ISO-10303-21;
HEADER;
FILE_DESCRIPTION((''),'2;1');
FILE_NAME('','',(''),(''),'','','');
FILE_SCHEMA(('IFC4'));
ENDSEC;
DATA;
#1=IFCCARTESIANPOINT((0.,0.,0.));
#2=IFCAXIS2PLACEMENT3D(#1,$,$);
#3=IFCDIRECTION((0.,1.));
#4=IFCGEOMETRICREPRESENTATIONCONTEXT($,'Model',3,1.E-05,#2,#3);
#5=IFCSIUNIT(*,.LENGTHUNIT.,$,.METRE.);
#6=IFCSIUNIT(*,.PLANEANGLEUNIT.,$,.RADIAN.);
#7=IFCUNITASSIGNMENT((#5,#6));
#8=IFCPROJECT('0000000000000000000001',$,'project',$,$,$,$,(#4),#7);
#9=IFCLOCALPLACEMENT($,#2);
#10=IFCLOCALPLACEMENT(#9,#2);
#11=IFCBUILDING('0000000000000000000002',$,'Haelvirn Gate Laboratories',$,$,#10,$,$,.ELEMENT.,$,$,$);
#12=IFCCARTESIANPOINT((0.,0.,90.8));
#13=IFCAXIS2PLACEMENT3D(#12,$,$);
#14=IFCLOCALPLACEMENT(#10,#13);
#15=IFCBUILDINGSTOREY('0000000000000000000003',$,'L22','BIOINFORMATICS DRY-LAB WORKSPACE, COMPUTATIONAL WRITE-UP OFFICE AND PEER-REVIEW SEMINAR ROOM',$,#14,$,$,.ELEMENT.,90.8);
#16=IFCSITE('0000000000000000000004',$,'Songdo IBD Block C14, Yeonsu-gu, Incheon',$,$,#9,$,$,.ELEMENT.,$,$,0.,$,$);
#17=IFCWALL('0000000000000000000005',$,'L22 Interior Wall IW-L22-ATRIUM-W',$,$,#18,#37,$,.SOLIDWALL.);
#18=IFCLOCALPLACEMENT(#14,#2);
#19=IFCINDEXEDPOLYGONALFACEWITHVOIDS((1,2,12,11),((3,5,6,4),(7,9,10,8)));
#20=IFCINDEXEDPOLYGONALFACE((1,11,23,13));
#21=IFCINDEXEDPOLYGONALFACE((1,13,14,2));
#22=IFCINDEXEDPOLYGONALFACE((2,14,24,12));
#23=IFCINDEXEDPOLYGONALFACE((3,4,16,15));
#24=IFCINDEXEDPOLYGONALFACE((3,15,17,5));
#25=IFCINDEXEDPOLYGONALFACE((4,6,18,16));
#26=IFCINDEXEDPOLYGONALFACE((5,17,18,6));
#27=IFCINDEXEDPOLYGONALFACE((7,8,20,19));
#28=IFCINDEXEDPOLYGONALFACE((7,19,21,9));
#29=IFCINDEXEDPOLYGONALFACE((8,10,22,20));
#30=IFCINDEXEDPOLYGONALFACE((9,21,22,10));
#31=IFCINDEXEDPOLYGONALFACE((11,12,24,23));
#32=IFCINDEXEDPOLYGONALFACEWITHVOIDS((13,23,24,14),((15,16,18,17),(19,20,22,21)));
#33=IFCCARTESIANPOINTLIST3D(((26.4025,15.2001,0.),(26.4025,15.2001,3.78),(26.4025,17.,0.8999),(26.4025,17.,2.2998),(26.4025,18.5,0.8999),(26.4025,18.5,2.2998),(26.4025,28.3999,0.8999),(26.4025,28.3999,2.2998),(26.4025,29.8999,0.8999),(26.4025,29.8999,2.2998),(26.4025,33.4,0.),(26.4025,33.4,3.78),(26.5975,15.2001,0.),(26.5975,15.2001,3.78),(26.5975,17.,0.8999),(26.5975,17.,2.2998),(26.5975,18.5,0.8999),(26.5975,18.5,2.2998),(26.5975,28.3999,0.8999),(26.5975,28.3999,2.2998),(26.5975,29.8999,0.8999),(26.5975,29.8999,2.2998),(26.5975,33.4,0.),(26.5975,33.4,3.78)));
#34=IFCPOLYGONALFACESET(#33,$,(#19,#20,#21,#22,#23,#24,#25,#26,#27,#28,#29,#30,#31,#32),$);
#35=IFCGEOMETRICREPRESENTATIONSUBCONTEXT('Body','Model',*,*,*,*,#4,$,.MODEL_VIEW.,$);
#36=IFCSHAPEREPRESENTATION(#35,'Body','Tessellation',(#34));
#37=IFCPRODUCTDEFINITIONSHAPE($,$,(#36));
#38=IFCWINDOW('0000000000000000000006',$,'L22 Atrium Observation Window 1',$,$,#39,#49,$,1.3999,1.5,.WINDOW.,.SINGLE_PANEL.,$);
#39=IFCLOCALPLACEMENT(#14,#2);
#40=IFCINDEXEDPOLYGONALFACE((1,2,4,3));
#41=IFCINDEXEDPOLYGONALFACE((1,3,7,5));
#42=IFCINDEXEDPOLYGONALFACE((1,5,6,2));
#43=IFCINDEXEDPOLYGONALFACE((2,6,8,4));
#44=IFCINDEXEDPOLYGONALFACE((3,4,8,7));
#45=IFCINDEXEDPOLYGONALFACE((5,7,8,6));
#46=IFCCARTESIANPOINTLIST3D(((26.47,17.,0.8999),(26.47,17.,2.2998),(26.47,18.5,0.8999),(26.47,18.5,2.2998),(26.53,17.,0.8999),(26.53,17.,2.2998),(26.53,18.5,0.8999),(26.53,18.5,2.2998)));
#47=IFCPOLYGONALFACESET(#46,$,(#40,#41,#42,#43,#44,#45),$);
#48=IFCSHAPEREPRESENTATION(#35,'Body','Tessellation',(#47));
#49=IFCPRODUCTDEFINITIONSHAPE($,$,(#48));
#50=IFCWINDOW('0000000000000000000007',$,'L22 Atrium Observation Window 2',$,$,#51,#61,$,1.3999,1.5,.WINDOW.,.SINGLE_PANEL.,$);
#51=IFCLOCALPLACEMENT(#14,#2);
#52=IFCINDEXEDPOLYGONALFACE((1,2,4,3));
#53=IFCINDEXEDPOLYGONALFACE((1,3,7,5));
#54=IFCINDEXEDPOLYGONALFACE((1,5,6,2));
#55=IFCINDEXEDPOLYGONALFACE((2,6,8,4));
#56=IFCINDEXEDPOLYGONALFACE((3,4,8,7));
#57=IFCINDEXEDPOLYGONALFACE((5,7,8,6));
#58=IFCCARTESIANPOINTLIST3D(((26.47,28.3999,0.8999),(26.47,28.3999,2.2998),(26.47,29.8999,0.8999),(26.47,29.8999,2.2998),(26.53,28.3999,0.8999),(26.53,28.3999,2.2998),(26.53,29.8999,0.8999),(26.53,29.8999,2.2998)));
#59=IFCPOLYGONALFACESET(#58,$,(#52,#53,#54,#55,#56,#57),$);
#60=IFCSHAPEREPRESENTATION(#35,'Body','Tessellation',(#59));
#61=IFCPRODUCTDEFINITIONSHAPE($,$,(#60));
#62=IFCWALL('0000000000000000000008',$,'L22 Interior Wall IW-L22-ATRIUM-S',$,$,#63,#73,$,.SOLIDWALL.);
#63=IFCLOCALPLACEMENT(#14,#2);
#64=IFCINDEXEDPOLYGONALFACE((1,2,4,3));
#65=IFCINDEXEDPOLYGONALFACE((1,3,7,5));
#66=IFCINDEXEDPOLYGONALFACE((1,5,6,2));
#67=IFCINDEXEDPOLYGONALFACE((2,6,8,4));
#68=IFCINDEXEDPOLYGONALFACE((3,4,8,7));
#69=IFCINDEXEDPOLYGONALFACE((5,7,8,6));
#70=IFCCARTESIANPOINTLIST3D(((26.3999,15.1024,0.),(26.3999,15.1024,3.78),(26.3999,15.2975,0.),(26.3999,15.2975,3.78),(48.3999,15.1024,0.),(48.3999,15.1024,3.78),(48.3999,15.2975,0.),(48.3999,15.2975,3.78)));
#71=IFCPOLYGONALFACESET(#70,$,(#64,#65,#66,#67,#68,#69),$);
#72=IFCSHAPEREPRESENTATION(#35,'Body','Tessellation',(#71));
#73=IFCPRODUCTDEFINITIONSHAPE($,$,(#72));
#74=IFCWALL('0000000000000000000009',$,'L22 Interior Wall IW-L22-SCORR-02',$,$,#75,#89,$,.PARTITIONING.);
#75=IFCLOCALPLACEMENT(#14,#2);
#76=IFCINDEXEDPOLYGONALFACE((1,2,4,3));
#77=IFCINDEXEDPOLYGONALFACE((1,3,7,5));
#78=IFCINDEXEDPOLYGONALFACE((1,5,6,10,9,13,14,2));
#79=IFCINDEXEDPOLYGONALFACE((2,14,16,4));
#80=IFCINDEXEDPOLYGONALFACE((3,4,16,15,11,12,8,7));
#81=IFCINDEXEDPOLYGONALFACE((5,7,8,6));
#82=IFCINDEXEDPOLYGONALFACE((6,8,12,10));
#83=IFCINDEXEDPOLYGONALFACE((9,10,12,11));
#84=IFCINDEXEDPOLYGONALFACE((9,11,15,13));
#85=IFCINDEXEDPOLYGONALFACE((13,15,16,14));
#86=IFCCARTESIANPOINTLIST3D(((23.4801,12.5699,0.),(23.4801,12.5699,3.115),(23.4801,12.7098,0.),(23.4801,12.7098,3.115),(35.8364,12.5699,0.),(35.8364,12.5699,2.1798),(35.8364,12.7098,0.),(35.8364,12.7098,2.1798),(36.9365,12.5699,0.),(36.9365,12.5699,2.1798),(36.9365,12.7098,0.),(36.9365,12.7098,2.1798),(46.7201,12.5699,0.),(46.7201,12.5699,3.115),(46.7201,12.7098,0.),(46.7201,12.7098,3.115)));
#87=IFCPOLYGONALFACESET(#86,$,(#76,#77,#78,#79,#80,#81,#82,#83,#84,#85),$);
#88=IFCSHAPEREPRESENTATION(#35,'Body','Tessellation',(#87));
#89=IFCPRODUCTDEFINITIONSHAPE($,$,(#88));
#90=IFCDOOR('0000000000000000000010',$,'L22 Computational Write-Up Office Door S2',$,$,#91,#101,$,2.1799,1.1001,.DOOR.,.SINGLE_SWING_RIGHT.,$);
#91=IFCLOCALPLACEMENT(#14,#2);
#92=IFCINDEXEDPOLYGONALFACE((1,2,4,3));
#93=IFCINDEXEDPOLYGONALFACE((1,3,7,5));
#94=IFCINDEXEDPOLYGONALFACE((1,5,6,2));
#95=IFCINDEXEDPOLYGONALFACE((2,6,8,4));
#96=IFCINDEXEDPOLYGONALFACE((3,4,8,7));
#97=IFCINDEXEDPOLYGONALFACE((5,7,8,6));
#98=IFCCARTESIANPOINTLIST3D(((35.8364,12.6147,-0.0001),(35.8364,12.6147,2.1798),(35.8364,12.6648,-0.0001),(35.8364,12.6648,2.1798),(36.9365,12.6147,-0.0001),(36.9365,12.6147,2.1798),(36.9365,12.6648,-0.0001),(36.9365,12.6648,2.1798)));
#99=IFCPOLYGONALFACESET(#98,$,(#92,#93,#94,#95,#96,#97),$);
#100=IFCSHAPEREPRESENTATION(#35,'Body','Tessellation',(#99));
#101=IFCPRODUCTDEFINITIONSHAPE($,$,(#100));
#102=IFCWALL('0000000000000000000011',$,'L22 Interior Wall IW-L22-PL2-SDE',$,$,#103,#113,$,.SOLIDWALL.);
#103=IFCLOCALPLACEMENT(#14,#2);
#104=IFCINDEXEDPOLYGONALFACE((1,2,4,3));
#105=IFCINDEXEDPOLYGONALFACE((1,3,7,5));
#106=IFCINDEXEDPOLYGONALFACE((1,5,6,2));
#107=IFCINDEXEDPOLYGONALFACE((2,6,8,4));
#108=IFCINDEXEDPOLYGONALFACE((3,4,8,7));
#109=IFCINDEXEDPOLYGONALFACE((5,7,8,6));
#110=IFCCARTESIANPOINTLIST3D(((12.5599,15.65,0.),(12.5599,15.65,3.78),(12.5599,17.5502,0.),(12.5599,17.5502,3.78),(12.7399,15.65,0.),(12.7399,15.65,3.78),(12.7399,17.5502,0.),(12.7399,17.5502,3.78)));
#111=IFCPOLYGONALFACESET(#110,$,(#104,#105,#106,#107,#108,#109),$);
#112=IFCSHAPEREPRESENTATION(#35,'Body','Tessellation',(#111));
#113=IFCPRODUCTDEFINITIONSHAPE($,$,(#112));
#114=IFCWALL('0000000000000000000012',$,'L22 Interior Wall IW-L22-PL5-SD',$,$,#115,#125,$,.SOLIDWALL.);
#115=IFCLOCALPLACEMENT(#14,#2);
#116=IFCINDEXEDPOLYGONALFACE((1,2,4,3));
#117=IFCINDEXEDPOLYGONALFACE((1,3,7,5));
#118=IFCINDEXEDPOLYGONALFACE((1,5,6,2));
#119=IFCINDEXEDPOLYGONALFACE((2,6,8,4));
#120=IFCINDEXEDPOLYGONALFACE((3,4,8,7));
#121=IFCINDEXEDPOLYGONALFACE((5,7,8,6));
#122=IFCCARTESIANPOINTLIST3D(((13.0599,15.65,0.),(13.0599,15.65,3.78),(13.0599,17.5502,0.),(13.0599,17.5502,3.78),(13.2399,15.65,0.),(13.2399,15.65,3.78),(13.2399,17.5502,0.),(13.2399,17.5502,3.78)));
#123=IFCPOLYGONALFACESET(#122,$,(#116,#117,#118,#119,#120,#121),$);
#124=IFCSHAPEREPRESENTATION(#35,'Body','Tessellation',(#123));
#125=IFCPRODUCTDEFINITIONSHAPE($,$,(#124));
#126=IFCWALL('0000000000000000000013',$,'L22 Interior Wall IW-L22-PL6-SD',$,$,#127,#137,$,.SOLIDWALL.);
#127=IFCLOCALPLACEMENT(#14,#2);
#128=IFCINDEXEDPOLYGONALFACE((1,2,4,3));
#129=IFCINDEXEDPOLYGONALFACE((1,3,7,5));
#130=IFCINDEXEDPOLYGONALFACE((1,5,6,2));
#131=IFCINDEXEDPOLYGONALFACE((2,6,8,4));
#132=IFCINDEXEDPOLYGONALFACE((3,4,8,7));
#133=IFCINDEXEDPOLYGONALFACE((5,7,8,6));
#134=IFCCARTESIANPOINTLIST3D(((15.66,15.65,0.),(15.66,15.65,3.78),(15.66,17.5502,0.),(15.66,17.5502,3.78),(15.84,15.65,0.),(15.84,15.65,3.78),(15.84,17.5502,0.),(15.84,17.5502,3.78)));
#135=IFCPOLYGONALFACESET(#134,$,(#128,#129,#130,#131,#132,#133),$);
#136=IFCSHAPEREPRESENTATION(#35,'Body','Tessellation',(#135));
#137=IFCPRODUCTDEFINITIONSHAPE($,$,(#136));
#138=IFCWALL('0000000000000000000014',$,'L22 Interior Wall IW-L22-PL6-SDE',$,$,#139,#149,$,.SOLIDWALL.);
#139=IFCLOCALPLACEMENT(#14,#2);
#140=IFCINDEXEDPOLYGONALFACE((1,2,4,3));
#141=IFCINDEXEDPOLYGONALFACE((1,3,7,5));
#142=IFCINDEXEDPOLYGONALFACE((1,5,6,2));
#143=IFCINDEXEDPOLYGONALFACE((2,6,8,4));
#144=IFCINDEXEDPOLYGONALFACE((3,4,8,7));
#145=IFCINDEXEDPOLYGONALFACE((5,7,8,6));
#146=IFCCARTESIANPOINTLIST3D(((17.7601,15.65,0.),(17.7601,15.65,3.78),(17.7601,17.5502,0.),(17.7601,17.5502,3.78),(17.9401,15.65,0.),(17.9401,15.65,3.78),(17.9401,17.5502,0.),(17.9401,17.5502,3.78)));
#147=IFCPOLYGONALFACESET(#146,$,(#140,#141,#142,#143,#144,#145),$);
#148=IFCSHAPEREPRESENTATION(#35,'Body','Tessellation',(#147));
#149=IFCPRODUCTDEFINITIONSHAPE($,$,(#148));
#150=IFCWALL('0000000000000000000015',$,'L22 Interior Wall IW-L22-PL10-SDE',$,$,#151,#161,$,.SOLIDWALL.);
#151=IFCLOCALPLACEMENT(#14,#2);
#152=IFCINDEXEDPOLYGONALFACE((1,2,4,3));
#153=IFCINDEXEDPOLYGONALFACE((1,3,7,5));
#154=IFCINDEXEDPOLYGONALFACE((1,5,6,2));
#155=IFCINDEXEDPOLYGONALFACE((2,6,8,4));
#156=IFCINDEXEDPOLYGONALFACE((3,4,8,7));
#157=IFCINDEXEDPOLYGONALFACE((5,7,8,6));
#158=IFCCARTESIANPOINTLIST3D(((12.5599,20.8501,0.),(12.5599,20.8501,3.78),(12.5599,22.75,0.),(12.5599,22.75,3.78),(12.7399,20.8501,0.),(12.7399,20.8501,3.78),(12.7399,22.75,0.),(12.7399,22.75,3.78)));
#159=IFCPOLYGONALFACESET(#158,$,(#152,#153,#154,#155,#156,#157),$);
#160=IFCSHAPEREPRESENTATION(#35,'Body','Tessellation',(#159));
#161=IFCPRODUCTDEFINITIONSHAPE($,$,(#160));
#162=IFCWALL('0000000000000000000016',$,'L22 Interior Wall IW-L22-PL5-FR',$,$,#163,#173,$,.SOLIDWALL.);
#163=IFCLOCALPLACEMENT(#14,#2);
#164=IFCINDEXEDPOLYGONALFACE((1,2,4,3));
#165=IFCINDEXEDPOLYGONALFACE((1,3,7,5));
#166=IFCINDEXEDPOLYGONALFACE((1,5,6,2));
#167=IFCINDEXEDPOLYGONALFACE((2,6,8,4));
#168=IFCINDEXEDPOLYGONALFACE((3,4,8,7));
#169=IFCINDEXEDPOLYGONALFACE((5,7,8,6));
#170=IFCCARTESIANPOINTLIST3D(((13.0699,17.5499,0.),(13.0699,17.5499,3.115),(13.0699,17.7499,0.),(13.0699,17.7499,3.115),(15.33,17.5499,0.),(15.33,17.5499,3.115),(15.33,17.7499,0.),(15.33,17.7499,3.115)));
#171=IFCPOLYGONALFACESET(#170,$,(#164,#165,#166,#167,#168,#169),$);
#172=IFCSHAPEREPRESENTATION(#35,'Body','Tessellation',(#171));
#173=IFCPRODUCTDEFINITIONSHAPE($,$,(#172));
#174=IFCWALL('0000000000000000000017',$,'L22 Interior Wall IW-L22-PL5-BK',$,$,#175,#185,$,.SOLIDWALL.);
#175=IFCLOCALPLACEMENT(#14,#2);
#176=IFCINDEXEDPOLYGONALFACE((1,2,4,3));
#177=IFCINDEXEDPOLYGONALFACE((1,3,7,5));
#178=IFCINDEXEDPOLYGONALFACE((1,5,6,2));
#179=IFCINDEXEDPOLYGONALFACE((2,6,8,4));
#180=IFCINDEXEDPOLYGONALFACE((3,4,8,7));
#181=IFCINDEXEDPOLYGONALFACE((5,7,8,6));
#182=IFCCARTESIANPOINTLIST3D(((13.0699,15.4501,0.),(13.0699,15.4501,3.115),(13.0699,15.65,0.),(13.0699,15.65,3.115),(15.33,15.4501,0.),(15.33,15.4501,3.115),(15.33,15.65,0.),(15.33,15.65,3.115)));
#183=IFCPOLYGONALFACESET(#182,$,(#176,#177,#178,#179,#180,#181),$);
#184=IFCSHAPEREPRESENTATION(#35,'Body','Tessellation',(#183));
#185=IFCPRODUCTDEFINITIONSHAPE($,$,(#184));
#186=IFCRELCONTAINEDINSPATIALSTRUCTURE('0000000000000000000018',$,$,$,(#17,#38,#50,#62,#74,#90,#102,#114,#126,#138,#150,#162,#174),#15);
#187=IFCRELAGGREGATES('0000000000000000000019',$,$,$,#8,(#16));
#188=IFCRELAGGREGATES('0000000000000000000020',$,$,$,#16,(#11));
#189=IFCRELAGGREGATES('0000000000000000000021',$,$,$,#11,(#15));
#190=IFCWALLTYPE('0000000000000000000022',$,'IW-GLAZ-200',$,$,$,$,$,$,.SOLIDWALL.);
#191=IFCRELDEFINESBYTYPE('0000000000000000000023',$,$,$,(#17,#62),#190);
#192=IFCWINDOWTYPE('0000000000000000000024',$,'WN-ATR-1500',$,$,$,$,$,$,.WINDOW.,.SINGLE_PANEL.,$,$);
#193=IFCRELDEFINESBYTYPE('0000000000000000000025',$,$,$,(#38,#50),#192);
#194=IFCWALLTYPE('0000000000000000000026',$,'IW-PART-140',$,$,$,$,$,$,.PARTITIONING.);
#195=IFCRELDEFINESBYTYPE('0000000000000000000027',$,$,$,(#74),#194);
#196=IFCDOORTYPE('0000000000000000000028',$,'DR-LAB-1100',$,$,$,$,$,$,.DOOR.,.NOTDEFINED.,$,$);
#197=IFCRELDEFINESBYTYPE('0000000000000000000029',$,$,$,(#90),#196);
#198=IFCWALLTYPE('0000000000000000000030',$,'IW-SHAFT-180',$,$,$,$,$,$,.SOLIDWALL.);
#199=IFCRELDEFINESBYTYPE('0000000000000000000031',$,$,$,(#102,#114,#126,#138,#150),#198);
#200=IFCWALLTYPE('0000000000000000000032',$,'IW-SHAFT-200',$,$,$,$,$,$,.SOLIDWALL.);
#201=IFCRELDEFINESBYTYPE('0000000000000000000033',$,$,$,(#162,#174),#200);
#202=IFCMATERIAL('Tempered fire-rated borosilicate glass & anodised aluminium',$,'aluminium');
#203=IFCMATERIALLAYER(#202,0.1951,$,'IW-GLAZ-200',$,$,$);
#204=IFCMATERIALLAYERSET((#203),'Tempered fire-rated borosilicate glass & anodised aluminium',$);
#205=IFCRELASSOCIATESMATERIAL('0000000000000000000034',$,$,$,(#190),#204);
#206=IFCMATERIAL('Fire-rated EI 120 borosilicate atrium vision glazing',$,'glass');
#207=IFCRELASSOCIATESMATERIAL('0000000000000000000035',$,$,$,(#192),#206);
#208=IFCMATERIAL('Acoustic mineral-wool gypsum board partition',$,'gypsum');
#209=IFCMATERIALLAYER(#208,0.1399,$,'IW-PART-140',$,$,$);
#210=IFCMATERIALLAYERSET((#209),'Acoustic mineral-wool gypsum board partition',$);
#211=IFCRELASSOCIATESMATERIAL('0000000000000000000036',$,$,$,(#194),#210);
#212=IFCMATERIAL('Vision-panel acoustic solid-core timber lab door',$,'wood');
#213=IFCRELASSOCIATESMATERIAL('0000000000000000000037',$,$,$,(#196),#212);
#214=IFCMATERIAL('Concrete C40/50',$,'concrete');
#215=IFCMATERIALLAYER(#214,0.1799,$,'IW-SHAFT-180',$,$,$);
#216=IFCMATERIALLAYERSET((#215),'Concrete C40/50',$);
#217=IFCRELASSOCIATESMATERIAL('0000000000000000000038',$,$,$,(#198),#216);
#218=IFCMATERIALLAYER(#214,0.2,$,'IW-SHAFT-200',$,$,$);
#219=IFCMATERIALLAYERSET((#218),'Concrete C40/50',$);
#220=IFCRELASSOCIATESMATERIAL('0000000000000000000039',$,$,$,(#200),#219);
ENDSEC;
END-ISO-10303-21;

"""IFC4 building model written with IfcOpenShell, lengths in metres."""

from ifc_helpers import new_model, si_unit, direction, frame, frame_2d, origin, place, context, subcontext, project, spatial, rectangle, extrude, source, transform, mapped, material, layer, layer_set, type_object, type_shapes, element, fill, save


model = new_model("IFC4")

# Units and contexts
model_context = context("Model", 3, precision=1e-05, world=origin(), true_north=direction((0.0, 1.0)))
body_context = subcontext(model_context, "Body", "Model", "MODEL_VIEW")
ifc_project = project(units=[si_unit("LENGTHUNIT", "METRE"), si_unit("PLANEANGLEUNIT", "RADIAN")], contexts=[model_context])

# Site, building, storey
site_placement = place(None, origin())
site = spatial("IfcSite", under=ifc_project, at=site_placement, Name="Songdo IBD Block C14, Yeonsu-gu, Incheon", CompositionType="ELEMENT", RefElevation=0.0)
building_placement = place(site_placement, origin())
building = spatial("IfcBuilding", under=site, at=building_placement, Name="Haelvirn Gate Laboratories", CompositionType="ELEMENT")
storey_placement = place(building_placement, frame((0.0, 0.0, 90.8)))
storey = spatial("IfcBuildingStorey", under=building, at=storey_placement, Name="L22", Description="BIOINFORMATICS DRY-LAB WORKSPACE, COMPUTATIONAL WRITE-UP OFFICE AND PEER-REVIEW SEMINAR ROOM", CompositionType="ELEMENT", Elevation=90.8)

# Wall, openings, windows
ifc_material_1 = material(Name="Tempered fire-rated borosilicate glass & anodised aluminium", Category="aluminium")
ifc_layer_1 = layer(ifc_material_1, 0.1951, Name="IW-GLAZ-200")
ifc_layer_set_1 = layer_set([ifc_layer_1], Name="Tempered fire-rated borosilicate glass & anodised aluminium")
wall_type_1 = type_object("IfcWallType", Name="IW-GLAZ-200", PredefinedType="SOLIDWALL", material=ifc_layer_set_1)
wall_1_placement = place(storey_placement, frame((26.5, 15.2, 0.0), z_axis=(0.0, 0.0, 1.0), x_axis=(0.0, 1.0, 0.0)))
wall_1 = element("IfcWall", 1, at=wall_1_placement, inside=storey, type_object=wall_type_1, Name="L22 Interior Wall IW-L22-ATRIUM-W", PredefinedType="SOLIDWALL", context=body_context, shape_type="SweptSolid", body=[
    extrude(rectangle(XDim=18.2, YDim=0.1951, at=frame_2d((9.1001, 0.0))), origin(), (0.0, 0.0, 1.0), 3.78),
])
opening_1_placement = place(wall_1_placement, frame((1.8, 0.0, 0.8999)))
opening_1 = element("IfcOpeningElement", 2, at=opening_1_placement, cuts=wall_1, PredefinedType="OPENING", context=body_context, shape_type="SweptSolid", body=[
    extrude(rectangle(XDim=1.5, YDim=1.3999, at=frame_2d((0.75, 0.7))), frame((0.0, 0.1074, 0.0), z_axis=(0.0, -1.0, 0.0), x_axis=(1.0, 0.0, 0.0)), (0.0, 0.0, 1.0), 0.2151),
])
opening_2_placement = place(wall_1_placement, frame((13.2, 0.0, 0.8999)))
opening_2 = element("IfcOpeningElement", 3, at=opening_2_placement, cuts=wall_1, PredefinedType="OPENING", context=body_context, shape_type="SweptSolid", body=[
    extrude(rectangle(XDim=1.5, YDim=1.3999, at=frame_2d((0.75, 0.7))), frame((0.0, 0.1074, 0.0), z_axis=(0.0, -1.0, 0.0), x_axis=(1.0, 0.0, 0.0)), (0.0, 0.0, 1.0), 0.2151),
])
ifc_material_2 = material(Name="Fire-rated EI 120 borosilicate atrium vision glazing", Category="glass")
window_type = type_object("IfcWindowType", Name="WN-ATR-1500", PartitioningType="SINGLE_PANEL", PredefinedType="WINDOW", material=ifc_material_2)
shared_shape_1 = source(origin(), body_context, "Body", "SweptSolid", [
    extrude(rectangle(XDim=1.5, YDim=1.3999, at=frame_2d((0.75, 0.7))), frame((0.0, 0.03, 0.0), z_axis=(0.0, -1.0, 0.0), x_axis=(1.0, 0.0, 0.0)), (0.0, 0.0, 1.0), 0.0601),
])
type_shapes(window_type, [shared_shape_1])
window_1_placement = place(opening_1_placement, origin())
window_1 = element("IfcWindow", 4, at=window_1_placement, inside=storey, type_object=window_type, Name="L22 Atrium Observation Window 1", OverallHeight=1.3999, OverallWidth=1.5, PartitioningType="SINGLE_PANEL", PredefinedType="WINDOW", context=body_context, shape_type="MappedRepresentation", body=[
    mapped(shared_shape_1, transform((0.0, 0.0, 0.0), scale=1.0)),
])
fill(opening_1, window_1)
window_2_placement = place(opening_2_placement, origin())
window_2 = element("IfcWindow", 5, at=window_2_placement, inside=storey, type_object=window_type, Name="L22 Atrium Observation Window 2", OverallHeight=1.3999, OverallWidth=1.5, PartitioningType="SINGLE_PANEL", PredefinedType="WINDOW", context=body_context, shape_type="MappedRepresentation", body=[
    mapped(shared_shape_1, transform((0.0, 0.0, 0.0), scale=1.0)),
])
fill(opening_2, window_2)

# Wall
wall_2_placement = place(storey_placement, frame((26.3999, 15.2, 0.0), z_axis=(0.0, 0.0, 1.0), x_axis=(1.0, 0.0, 0.0)))
element("IfcWall", 6, at=wall_2_placement, inside=storey, type_object=wall_type_1, Name="L22 Interior Wall IW-L22-ATRIUM-S", PredefinedType="SOLIDWALL", context=body_context, shape_type="SweptSolid", body=[
    extrude(rectangle(XDim=22.0, YDim=0.1951, at=frame_2d((11.0, 0.0))), origin(), (0.0, 0.0, 1.0), 3.78),
])

# Wall, opening, door
ifc_material_3 = material(Name="Acoustic mineral-wool gypsum board partition", Category="gypsum")
ifc_layer_2 = layer(ifc_material_3, 0.1399, Name="IW-PART-140")
ifc_layer_set_2 = layer_set([ifc_layer_2], Name="Acoustic mineral-wool gypsum board partition")
wall_type_2 = type_object("IfcWallType", Name="IW-PART-140", PredefinedType="PARTITIONING", material=ifc_layer_set_2)
wall_3_placement = place(storey_placement, frame((23.48, 12.6399, 0.0), z_axis=(0.0, 0.0, 1.0), x_axis=(1.0, 0.0, 0.0)))
wall_3 = element("IfcWall", 7, at=wall_3_placement, inside=storey, type_object=wall_type_2, Name="L22 Interior Wall IW-L22-SCORR-02", PredefinedType="PARTITIONING", context=body_context, shape_type="SweptSolid", body=[
    extrude(rectangle(XDim=23.24, YDim=0.1399, at=frame_2d((11.6201, 0.0))), origin(), (0.0, 0.0, 1.0), 3.115),
])
opening_3_placement = place(wall_3_placement, frame((12.3564, 0.0, 0.0)))
opening_3 = element("IfcOpeningElement", 8, at=opening_3_placement, cuts=wall_3, PredefinedType="OPENING", context=body_context, shape_type="SweptSolid", body=[
    extrude(rectangle(XDim=1.1001, YDim=2.1799, at=frame_2d((0.55, 1.0898))), frame((0.0, 0.0801, 0.0), z_axis=(0.0, -1.0, 0.0), x_axis=(1.0, 0.0, 0.0)), (0.0, 0.0, 1.0), 0.1599),
])
ifc_material_4 = material(Name="Vision-panel acoustic solid-core timber lab door", Category="wood")
door_type_1 = type_object("IfcDoorType", Name="DR-LAB-1100", OperationType="NOTDEFINED", PredefinedType="DOOR", material=ifc_material_4)
shared_shape_2 = source(origin(), body_context, "Body", "SweptSolid", [
    extrude(rectangle(XDim=1.1001, YDim=2.1799, at=frame_2d((0.55, 1.0898))), frame((0.0, 0.0249, 0.0), z_axis=(0.0, -1.0, 0.0), x_axis=(1.0, 0.0, 0.0)), (0.0, 0.0, 1.0), 0.05),
])
type_shapes(door_type_1, [shared_shape_2])
door_1_placement = place(opening_3_placement, origin())
door_1 = element("IfcDoor", 9, at=door_1_placement, inside=storey, type_object=door_type_1, Name="L22 Computational Write-Up Office Door S2", OperationType="SINGLE_SWING_RIGHT", OverallHeight=2.1799, OverallWidth=1.1001, PredefinedType="DOOR", context=body_context, shape_type="MappedRepresentation", body=[
    mapped(shared_shape_2, transform((0.0, 0.0, 0.0), scale=1.0)),
])
fill(opening_3, door_1)

# Walls
ifc_material_5 = material(Name="Concrete C40/50", Category="concrete")
ifc_layer_3 = layer(ifc_material_5, 0.1799, Name="IW-SHAFT-180")
ifc_layer_set_3 = layer_set([ifc_layer_3], Name="Concrete C40/50")
wall_type_3 = type_object("IfcWallType", Name="IW-SHAFT-180", PredefinedType="SOLIDWALL", material=ifc_layer_set_3)
for number, where, z_axis, x_axis, name in (
    (10, (12.6499, 15.6499, 0.0), (0.0, 0.0, 1.0), (0.0, 1.0, 0.0), "L22 Interior Wall IW-L22-PL2-SDE"),
    (11, (13.1499, 15.6499, 0.0), (0.0, 0.0, 1.0), (0.0, 1.0, 0.0), "L22 Interior Wall IW-L22-PL5-SD"),
    (12, (15.75, 15.6499, 0.0), (0.0, 0.0, 1.0), (0.0, 1.0, 0.0), "L22 Interior Wall IW-L22-PL6-SD"),
    (13, (17.8501, 15.6499, 0.0), (0.0, 0.0, 1.0), (0.0, 1.0, 0.0), "L22 Interior Wall IW-L22-PL6-SDE"),
):
    element("IfcWall", number, at=place(storey_placement, frame(where, z_axis=z_axis, x_axis=x_axis)), inside=storey, type_object=wall_type_3, Name=name, PredefinedType="SOLIDWALL", context=body_context, shape_type="SweptSolid", body=[
        extrude(rectangle(XDim=1.9001, YDim=0.1799, at=frame_2d((0.9502, 0.0))), origin(), (0.0, 0.0, 1.0), 3.78),
    ])
wall_4_placement = place(storey_placement, frame((12.6499, 20.8501, 0.0), z_axis=(0.0, 0.0, 1.0), x_axis=(0.0, 1.0, 0.0)))
element("IfcWall", 14, at=wall_4_placement, inside=storey, type_object=wall_type_3, Name="L22 Interior Wall IW-L22-PL10-SDE", PredefinedType="SOLIDWALL", context=body_context, shape_type="SweptSolid", body=[
    extrude(rectangle(XDim=1.8999, YDim=0.1799, at=frame_2d((0.95, 0.0))), origin(), (0.0, 0.0, 1.0), 3.78),
])
ifc_layer_4 = layer(ifc_material_5, 0.2, Name="IW-SHAFT-200")
ifc_layer_set_4 = layer_set([ifc_layer_4], Name="Concrete C40/50")
wall_type_4 = type_object("IfcWallType", Name="IW-SHAFT-200", PredefinedType="SOLIDWALL", material=ifc_layer_set_4)
for number, where, z_axis, x_axis, name in (
    (15, (13.0701, 17.6499, 0.0), (0.0, 0.0, 1.0), (1.0, 0.0, 0.0), "L22 Interior Wall IW-L22-PL5-FR"),
    (16, (13.0701, 15.55, 0.0), (0.0, 0.0, 1.0), (1.0, 0.0, 0.0), "L22 Interior Wall IW-L22-PL5-BK"),
):
    element("IfcWall", number, at=place(storey_placement, frame(where, z_axis=z_axis, x_axis=x_axis)), inside=storey, type_object=wall_type_4, Name=name, PredefinedType="SOLIDWALL", context=body_context, shape_type="SweptSolid", body=[
        extrude(rectangle(XDim=2.26, YDim=0.2, at=frame_2d((1.1299, 0.0))), origin(), (0.0, 0.0, 1.0), 3.115),
    ])

save(model, "model.ifc")
